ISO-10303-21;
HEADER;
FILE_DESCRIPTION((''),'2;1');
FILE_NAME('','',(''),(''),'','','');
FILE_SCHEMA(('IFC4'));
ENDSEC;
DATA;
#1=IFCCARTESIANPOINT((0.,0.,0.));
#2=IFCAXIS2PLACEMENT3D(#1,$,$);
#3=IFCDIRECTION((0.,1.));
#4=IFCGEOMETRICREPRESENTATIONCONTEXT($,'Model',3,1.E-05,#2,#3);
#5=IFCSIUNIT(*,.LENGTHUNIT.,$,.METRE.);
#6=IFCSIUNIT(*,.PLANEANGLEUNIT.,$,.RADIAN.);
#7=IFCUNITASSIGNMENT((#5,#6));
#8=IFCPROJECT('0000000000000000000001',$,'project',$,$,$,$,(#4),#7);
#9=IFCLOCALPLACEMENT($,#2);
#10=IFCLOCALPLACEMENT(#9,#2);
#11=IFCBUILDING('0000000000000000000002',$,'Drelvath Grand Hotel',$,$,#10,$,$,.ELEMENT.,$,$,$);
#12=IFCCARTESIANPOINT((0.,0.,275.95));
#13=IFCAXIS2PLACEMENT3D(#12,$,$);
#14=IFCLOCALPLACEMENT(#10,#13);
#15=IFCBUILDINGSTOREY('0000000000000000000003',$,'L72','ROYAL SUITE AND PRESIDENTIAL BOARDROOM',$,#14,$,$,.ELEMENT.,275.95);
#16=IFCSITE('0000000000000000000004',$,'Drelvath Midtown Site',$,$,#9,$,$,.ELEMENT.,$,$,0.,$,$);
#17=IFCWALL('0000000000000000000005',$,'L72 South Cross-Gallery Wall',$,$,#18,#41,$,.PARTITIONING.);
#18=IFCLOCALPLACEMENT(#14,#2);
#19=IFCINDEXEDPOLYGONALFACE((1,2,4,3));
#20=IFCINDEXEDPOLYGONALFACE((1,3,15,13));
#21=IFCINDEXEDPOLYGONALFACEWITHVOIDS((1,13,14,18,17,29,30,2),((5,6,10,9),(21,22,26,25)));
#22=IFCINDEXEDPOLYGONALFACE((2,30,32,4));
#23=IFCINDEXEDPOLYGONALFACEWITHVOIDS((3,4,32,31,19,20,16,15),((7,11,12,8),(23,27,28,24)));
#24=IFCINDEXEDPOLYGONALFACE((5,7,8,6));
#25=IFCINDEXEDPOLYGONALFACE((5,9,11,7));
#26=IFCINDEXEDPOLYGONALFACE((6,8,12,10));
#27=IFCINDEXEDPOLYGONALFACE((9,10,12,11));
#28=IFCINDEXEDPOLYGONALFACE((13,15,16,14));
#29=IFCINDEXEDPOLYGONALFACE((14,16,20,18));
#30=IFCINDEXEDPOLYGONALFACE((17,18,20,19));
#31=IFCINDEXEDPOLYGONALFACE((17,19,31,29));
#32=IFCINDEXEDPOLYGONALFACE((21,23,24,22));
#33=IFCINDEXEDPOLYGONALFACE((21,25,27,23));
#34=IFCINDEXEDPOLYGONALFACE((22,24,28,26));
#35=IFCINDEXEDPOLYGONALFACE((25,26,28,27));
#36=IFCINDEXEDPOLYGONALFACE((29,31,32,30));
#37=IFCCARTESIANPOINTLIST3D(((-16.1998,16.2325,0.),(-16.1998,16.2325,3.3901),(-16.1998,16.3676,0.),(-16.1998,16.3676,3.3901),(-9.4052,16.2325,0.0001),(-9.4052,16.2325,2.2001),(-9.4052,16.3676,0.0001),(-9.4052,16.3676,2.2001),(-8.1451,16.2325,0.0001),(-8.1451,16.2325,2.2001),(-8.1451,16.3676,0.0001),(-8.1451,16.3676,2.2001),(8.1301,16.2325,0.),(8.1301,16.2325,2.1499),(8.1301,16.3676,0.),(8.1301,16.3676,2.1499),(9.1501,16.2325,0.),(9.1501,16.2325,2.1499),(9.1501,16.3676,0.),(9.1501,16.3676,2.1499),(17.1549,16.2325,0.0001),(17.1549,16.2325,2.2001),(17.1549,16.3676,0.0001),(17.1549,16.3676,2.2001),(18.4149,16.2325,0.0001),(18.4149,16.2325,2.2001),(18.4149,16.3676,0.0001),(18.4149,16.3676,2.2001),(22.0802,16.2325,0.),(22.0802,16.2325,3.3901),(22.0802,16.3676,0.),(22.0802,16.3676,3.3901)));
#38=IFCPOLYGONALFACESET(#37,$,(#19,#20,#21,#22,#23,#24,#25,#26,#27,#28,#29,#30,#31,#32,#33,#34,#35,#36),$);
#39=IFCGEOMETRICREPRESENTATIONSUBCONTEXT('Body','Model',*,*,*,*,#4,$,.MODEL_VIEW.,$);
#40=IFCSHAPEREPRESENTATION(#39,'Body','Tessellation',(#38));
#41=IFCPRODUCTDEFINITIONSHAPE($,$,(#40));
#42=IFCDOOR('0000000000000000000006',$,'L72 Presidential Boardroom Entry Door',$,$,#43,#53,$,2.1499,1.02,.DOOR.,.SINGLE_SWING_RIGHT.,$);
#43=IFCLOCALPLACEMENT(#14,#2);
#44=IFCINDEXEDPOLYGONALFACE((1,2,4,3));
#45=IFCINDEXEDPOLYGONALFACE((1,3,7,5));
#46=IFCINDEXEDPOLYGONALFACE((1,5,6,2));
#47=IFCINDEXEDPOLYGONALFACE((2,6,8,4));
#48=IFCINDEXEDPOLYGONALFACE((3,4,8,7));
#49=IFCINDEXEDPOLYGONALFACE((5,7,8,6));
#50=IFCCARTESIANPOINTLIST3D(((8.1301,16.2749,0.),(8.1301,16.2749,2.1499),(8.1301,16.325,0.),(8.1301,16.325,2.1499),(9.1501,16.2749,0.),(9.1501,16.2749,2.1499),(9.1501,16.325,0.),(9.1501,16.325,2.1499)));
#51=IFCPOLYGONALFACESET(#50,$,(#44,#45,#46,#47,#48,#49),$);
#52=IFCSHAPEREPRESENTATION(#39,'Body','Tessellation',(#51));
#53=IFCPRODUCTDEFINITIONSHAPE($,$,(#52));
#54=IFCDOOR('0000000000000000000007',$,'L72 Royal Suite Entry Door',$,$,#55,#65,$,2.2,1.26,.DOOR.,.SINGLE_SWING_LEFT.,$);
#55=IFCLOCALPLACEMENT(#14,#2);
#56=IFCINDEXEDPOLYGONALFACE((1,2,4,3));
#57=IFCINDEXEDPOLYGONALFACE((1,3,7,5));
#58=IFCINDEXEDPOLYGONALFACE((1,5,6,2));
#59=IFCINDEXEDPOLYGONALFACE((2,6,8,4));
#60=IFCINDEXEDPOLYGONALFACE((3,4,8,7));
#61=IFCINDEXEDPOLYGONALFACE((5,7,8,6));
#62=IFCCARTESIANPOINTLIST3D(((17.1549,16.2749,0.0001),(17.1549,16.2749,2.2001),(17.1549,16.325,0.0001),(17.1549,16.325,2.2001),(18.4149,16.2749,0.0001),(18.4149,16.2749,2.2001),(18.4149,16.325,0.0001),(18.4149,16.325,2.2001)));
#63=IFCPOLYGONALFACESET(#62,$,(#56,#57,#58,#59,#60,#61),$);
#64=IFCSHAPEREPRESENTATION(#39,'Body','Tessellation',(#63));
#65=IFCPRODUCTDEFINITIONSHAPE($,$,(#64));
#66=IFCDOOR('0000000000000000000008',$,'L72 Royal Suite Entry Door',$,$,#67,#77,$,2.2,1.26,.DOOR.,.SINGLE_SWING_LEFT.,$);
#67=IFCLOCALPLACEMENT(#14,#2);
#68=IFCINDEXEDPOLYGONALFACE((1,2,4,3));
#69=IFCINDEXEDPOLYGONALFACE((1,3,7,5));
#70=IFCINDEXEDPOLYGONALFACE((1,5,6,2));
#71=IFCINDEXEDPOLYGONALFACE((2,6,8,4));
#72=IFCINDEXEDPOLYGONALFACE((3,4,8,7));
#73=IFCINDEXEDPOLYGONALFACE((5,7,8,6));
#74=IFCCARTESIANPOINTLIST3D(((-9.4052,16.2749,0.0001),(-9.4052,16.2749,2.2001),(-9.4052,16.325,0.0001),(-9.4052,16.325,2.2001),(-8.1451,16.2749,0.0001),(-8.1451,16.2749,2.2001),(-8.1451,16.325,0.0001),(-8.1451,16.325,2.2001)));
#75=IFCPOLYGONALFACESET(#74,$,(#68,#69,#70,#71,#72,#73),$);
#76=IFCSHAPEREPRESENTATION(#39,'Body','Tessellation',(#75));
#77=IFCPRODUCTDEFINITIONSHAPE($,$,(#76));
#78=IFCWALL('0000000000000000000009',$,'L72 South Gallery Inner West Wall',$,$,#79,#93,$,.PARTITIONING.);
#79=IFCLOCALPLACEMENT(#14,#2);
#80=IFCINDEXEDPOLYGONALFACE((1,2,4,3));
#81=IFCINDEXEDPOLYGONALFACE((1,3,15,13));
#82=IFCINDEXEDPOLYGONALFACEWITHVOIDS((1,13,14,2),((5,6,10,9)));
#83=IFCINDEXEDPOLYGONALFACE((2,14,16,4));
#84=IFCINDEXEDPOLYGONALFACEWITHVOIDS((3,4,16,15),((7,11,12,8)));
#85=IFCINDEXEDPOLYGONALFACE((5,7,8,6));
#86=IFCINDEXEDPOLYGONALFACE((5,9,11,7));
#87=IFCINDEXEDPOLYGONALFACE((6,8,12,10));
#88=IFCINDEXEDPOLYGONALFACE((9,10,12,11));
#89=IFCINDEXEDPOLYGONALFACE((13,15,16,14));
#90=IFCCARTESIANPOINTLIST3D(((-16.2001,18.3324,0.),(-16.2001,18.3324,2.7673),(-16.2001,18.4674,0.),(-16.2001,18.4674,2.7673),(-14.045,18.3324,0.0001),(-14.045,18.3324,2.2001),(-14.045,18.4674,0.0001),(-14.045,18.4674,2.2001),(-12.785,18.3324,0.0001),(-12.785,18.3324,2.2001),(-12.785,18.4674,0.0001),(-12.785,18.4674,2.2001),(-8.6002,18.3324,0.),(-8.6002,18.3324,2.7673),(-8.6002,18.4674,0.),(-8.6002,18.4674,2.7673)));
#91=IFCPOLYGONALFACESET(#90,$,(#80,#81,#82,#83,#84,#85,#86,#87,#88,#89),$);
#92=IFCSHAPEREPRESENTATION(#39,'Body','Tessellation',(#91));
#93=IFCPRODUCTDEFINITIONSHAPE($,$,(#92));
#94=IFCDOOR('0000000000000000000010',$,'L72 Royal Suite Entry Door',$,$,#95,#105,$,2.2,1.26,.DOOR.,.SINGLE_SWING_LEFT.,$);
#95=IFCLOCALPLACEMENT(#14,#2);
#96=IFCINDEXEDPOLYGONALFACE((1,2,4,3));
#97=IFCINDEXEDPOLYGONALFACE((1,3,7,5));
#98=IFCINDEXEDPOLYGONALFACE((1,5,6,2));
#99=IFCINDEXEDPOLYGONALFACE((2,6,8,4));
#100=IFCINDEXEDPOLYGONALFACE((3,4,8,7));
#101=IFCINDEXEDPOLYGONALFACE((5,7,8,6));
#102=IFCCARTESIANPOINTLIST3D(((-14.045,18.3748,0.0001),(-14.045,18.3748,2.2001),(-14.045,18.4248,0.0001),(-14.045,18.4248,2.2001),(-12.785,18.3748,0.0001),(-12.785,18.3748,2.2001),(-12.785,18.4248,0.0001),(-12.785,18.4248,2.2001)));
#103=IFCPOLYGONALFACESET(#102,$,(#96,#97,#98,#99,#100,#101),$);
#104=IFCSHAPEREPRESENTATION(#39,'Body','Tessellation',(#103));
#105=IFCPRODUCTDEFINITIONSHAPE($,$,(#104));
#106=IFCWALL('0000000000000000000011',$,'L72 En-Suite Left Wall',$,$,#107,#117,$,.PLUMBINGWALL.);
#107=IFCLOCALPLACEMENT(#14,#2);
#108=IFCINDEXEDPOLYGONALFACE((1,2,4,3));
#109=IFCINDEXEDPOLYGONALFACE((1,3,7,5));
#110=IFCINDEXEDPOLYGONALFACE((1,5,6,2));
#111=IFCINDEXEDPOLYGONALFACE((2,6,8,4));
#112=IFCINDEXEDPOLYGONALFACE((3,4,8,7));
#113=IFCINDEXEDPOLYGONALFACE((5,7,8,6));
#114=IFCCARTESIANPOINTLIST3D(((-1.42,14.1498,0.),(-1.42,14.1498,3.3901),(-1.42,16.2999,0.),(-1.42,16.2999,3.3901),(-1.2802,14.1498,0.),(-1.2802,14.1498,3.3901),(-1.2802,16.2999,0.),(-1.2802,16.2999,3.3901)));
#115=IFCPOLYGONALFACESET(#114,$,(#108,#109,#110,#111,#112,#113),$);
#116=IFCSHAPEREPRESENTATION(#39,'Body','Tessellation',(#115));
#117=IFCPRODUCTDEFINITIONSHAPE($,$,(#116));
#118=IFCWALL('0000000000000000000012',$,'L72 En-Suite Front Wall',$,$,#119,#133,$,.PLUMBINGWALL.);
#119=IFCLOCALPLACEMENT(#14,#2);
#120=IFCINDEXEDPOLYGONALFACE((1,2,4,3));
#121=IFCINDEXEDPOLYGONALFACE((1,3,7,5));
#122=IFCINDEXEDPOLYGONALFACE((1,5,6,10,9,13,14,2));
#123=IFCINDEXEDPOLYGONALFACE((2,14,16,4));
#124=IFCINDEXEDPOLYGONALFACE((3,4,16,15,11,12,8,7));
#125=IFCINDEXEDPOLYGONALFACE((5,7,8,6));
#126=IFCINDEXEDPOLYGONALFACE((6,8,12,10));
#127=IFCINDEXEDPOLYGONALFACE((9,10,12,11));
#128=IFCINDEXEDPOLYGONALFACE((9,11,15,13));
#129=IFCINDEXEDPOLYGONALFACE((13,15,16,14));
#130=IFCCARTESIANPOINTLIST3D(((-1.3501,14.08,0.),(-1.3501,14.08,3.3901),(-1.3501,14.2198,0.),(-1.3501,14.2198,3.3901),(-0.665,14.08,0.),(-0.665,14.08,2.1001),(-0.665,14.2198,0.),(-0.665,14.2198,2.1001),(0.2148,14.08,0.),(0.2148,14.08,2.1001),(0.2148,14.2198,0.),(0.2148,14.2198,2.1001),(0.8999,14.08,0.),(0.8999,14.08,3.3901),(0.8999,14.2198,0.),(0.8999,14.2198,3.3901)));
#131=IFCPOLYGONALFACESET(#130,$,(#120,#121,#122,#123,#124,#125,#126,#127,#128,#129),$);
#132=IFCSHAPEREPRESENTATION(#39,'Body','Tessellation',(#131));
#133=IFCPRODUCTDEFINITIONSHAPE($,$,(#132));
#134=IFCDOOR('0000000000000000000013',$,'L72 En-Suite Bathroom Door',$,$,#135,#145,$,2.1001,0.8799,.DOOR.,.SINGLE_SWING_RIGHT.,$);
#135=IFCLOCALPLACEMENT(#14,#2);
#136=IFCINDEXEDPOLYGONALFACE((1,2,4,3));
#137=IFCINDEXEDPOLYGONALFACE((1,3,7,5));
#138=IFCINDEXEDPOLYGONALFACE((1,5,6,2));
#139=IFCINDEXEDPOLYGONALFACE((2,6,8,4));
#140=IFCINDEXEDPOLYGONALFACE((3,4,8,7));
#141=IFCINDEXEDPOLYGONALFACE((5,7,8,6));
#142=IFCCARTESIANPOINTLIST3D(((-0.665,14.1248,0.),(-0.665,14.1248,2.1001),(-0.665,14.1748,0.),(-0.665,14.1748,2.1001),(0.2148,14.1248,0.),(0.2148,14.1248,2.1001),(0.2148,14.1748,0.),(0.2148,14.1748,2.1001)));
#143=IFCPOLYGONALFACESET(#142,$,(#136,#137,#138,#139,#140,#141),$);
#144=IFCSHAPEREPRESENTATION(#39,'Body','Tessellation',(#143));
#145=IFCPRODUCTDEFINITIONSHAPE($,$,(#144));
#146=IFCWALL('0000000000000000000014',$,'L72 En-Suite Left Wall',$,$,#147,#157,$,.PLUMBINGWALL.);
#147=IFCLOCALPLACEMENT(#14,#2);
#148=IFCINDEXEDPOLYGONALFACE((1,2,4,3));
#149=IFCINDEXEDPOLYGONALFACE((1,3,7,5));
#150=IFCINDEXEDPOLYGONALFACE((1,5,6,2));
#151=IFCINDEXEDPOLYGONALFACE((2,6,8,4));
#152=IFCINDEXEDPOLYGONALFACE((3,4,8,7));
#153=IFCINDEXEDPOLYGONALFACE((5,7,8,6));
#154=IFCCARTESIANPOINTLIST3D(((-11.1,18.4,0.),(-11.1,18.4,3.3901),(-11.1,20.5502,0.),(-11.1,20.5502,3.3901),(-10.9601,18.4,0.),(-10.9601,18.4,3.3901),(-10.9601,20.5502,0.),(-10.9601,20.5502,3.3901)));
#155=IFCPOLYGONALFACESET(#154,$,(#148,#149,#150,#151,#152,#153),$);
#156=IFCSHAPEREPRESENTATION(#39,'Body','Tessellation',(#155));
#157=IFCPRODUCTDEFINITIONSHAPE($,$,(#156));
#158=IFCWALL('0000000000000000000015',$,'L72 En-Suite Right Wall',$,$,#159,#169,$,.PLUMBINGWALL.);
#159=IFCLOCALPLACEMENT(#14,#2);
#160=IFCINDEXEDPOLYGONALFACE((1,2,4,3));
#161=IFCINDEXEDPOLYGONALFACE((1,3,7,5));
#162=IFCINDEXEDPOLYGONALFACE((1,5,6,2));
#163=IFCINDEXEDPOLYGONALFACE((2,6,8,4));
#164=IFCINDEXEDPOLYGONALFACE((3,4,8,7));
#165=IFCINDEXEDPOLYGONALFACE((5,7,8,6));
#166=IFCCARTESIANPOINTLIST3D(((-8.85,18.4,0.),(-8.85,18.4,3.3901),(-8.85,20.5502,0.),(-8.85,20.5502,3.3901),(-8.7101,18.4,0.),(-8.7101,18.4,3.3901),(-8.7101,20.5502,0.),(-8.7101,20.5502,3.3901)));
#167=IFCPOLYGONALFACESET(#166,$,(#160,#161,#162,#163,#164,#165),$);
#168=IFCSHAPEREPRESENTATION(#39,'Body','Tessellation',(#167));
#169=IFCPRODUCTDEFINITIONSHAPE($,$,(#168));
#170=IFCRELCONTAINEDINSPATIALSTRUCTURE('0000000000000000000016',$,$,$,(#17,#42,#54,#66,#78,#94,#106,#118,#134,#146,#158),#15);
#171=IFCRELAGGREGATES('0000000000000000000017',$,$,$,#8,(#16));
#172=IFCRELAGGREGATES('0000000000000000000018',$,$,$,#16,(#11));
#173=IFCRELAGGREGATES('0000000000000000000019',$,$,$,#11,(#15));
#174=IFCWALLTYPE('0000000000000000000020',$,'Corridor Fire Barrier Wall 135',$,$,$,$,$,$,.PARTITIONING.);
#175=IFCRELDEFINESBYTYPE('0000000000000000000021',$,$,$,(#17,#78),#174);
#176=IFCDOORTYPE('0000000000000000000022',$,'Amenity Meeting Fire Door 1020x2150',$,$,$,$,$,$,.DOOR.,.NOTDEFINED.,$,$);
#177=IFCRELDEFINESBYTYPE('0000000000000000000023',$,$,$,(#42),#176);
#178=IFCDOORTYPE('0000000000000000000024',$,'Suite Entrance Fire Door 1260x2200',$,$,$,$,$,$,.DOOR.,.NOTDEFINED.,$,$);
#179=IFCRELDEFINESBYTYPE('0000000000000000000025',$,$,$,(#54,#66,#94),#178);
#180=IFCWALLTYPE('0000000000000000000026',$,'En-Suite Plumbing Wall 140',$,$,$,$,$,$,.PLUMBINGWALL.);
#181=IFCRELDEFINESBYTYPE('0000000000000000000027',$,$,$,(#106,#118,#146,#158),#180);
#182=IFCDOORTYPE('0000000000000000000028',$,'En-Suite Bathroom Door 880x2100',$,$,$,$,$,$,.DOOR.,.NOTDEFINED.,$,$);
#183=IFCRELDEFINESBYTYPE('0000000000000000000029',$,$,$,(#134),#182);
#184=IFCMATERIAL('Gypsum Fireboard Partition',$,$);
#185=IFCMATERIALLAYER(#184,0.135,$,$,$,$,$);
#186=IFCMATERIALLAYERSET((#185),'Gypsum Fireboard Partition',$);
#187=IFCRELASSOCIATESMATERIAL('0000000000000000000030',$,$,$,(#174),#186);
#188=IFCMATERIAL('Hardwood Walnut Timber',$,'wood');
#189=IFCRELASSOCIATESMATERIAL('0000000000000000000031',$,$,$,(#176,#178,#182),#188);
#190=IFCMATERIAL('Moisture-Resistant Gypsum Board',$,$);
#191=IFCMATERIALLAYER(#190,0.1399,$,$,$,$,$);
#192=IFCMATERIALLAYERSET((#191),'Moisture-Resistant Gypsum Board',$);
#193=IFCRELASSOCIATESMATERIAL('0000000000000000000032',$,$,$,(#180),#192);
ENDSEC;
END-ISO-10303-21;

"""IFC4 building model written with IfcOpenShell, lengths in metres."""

from ifc_helpers import new_model, si_unit, direction, frame, frame_2d, origin, place, context, subcontext, project, spatial, rectangle, extrude, material, layer, layer_set, type_object, element, fill, save


model = new_model("IFC4")

# Units and contexts
model_context = context("Model", 3, precision=1e-05, world=origin(), true_north=direction((0.0, 1.0)))
body_context = subcontext(model_context, "Body", "Model", "MODEL_VIEW")
ifc_project = project(units=[si_unit("LENGTHUNIT", "METRE"), si_unit("PLANEANGLEUNIT", "RADIAN")], contexts=[model_context])

# Site, building, storey
site_placement = place(None, origin())
site = spatial("IfcSite", under=ifc_project, at=site_placement, Name="Drelvath Midtown Site", CompositionType="ELEMENT", RefElevation=0.0)
building_placement = place(site_placement, origin())
building = spatial("IfcBuilding", under=site, at=building_placement, Name="Drelvath Grand Hotel", CompositionType="ELEMENT")
storey_placement = place(building_placement, frame((0.0, 0.0, 275.95)))
storey = spatial("IfcBuildingStorey", under=building, at=storey_placement, Name="L72", Description="ROYAL SUITE AND PRESIDENTIAL BOARDROOM", CompositionType="ELEMENT", Elevation=275.95)

# Wall, openings, doors
ifc_material_1 = material(Name="Gypsum Fireboard Partition")
ifc_layer_1 = layer(ifc_material_1, 0.135)
ifc_layer_set_1 = layer_set([ifc_layer_1], Name="Gypsum Fireboard Partition")
wall_type_1 = type_object("IfcWallType", Name="Corridor Fire Barrier Wall 135", PredefinedType="PARTITIONING", material=ifc_layer_set_1)
wall_1_placement = place(storey_placement, frame((-16.2, 16.3, 0.0), z_axis=(0.0, 0.0, 1.0), x_axis=(1.0, 0.0, 0.0)))
wall_1 = element("IfcWall", 1, at=wall_1_placement, inside=storey, type_object=wall_type_1, Name="L72 South Cross-Gallery Wall", PredefinedType="PARTITIONING", context=body_context, shape_type="SweptSolid", body=[
    extrude(rectangle(XDim=38.28, YDim=0.135, at=frame_2d((19.1401, 0.0))), origin(), (0.0, 0.0, 1.0), 3.3901),
])
opening_1_placement = place(wall_1_placement, frame((33.355, 0.0, 0.0)))
opening_1 = element("IfcOpeningElement", 2, at=opening_1_placement, cuts=wall_1, PredefinedType="OPENING", context=body_context, shape_type="SweptSolid", body=[
    extrude(rectangle(XDim=1.26, YDim=2.2, at=frame_2d((0.6299, 1.1001))), frame((0.0, 0.0774, 0.0), z_axis=(0.0, -1.0, 0.0), x_axis=(1.0, 0.0, 0.0)), (0.0, 0.0, 1.0), 0.155),
])
opening_2_placement = place(wall_1_placement, frame((6.7949, 0.0, 0.0)))
opening_2 = element("IfcOpeningElement", 3, at=opening_2_placement, cuts=wall_1, PredefinedType="OPENING", context=body_context, shape_type="SweptSolid", body=[
    extrude(rectangle(XDim=1.26, YDim=2.2, at=frame_2d((0.6299, 1.1001))), frame((0.0, 0.0774, 0.0), z_axis=(0.0, -1.0, 0.0), x_axis=(1.0, 0.0, 0.0)), (0.0, 0.0, 1.0), 0.155),
])
opening_3_placement = place(wall_1_placement, frame((24.3301, 0.0, 0.0)))
opening_3 = element("IfcOpeningElement", 4, at=opening_3_placement, cuts=wall_1, PredefinedType="OPENING", context=body_context, shape_type="SweptSolid", body=[
    extrude(rectangle(XDim=1.02, YDim=2.1499, at=frame_2d((0.51, 1.075))), frame((0.0, 0.0774, 0.0), z_axis=(0.0, -1.0, 0.0), x_axis=(1.0, 0.0, 0.0)), (0.0, 0.0, 1.0), 0.155),
])
ifc_material_2 = material(Name="Hardwood Walnut Timber", Category="wood")
door_type_1 = type_object("IfcDoorType", Name="Amenity Meeting Fire Door 1020x2150", OperationType="NOTDEFINED", PredefinedType="DOOR", material=ifc_material_2)
door_1_placement = place(opening_3_placement, origin())
door_1 = element("IfcDoor", 5, at=door_1_placement, inside=storey, type_object=door_type_1, Name="L72 Presidential Boardroom Entry Door", OperationType="SINGLE_SWING_RIGHT", OverallHeight=2.1499, OverallWidth=1.02, PredefinedType="DOOR", context=body_context, shape_type="SweptSolid", body=[
    extrude(rectangle(XDim=1.02, YDim=2.1499, at=frame_2d((0.51, 1.075))), frame((0.0, 0.0249, 0.0), z_axis=(0.0, -1.0, 0.0), x_axis=(1.0, 0.0, 0.0)), (0.0, 0.0, 1.0), 0.05),
])
fill(opening_3, door_1)
door_type_2 = type_object("IfcDoorType", Name="Suite Entrance Fire Door 1260x2200", OperationType="NOTDEFINED", PredefinedType="DOOR", material=ifc_material_2)
door_2_placement = place(opening_1_placement, origin())
door_2 = element("IfcDoor", 6, at=door_2_placement, inside=storey, type_object=door_type_2, Name="L72 Royal Suite Entry Door", OperationType="SINGLE_SWING_LEFT", OverallHeight=2.2, OverallWidth=1.26, PredefinedType="DOOR", context=body_context, shape_type="SweptSolid", body=[
    extrude(rectangle(XDim=1.26, YDim=2.2, at=frame_2d((0.6299, 1.1001))), frame((0.0, 0.0249, 0.0), z_axis=(0.0, -1.0, 0.0), x_axis=(1.0, 0.0, 0.0)), (0.0, 0.0, 1.0), 0.05),
])
fill(opening_1, door_2)
door_3_placement = place(opening_2_placement, origin())
door_3 = element("IfcDoor", 7, at=door_3_placement, inside=storey, type_object=door_type_2, Name="L72 Royal Suite Entry Door", OperationType="SINGLE_SWING_LEFT", OverallHeight=2.2, OverallWidth=1.26, PredefinedType="DOOR", context=body_context, shape_type="SweptSolid", body=[
    extrude(rectangle(XDim=1.26, YDim=2.2, at=frame_2d((0.6299, 1.1001))), frame((0.0, 0.0249, 0.0), z_axis=(0.0, -1.0, 0.0), x_axis=(1.0, 0.0, 0.0)), (0.0, 0.0, 1.0), 0.05),
])
fill(opening_2, door_3)

# Wall, opening, door
wall_2_placement = place(storey_placement, frame((-16.2, 18.3999, 0.0), z_axis=(0.0, 0.0, 1.0), x_axis=(1.0, 0.0, 0.0)))
wall_2 = element("IfcWall", 8, at=wall_2_placement, inside=storey, type_object=wall_type_1, Name="L72 South Gallery Inner West Wall", PredefinedType="PARTITIONING", context=body_context, shape_type="SweptSolid", body=[
    extrude(rectangle(XDim=7.5999, YDim=0.135, at=frame_2d((3.7998, 0.0))), origin(), (0.0, 0.0, 1.0), 2.7673),
])
opening_4_placement = place(wall_2_placement, frame((2.155, 0.0, 0.0)))
opening_4 = element("IfcOpeningElement", 9, at=opening_4_placement, cuts=wall_2, PredefinedType="OPENING", context=body_context, shape_type="SweptSolid", body=[
    extrude(rectangle(XDim=1.26, YDim=2.2, at=frame_2d((0.6299, 1.1001))), frame((0.0, 0.0774, 0.0), z_axis=(0.0, -1.0, 0.0), x_axis=(1.0, 0.0, 0.0)), (0.0, 0.0, 1.0), 0.155),
])
door_4_placement = place(opening_4_placement, origin())
door_4 = element("IfcDoor", 10, at=door_4_placement, inside=storey, type_object=door_type_2, Name="L72 Royal Suite Entry Door", OperationType="SINGLE_SWING_LEFT", OverallHeight=2.2, OverallWidth=1.26, PredefinedType="DOOR", context=body_context, shape_type="SweptSolid", body=[
    extrude(rectangle(XDim=1.26, YDim=2.2, at=frame_2d((0.6299, 1.1001))), frame((0.0, 0.0249, 0.0), z_axis=(0.0, -1.0, 0.0), x_axis=(1.0, 0.0, 0.0)), (0.0, 0.0, 1.0), 0.05),
])
fill(opening_4, door_4)

# Wall
ifc_material_3 = material(Name="Moisture-Resistant Gypsum Board")
ifc_layer_2 = layer(ifc_material_3, 0.1399)
ifc_layer_set_2 = layer_set([ifc_layer_2], Name="Moisture-Resistant Gypsum Board")
wall_type_2 = type_object("IfcWallType", Name="En-Suite Plumbing Wall 140", PredefinedType="PLUMBINGWALL", material=ifc_layer_set_2)
wall_3_placement = place(storey_placement, frame((-1.3501, 16.3, 0.0), z_axis=(0.0, 0.0, 1.0), x_axis=(0.0, -1.0, 0.0)))
element("IfcWall", 11, at=wall_3_placement, inside=storey, type_object=wall_type_2, Name="L72 En-Suite Left Wall", PredefinedType="PLUMBINGWALL", context=body_context, shape_type="SweptSolid", body=[
    extrude(rectangle(XDim=2.1501, YDim=0.1399, at=frame_2d((1.0752, 0.0))), origin(), (0.0, 0.0, 1.0), 3.3901),
])

# Wall, opening, door
wall_4_placement = place(storey_placement, frame((-1.3501, 14.1499, 0.0), z_axis=(0.0, 0.0, 1.0), x_axis=(1.0, 0.0, 0.0)))
wall_4 = element("IfcWall", 12, at=wall_4_placement, inside=storey, type_object=wall_type_2, Name="L72 En-Suite Front Wall", PredefinedType="PLUMBINGWALL", context=body_context, shape_type="SweptSolid", body=[
    extrude(rectangle(XDim=2.25, YDim=0.1399, at=frame_2d((1.125, 0.0))), origin(), (0.0, 0.0, 1.0), 3.3901),
])
opening_5_placement = place(wall_4_placement, frame((0.6851, 0.0, 0.0)))
opening_5 = element("IfcOpeningElement", 13, at=opening_5_placement, cuts=wall_4, PredefinedType="OPENING", context=body_context, shape_type="SweptSolid", body=[
    extrude(rectangle(XDim=0.8799, YDim=2.1001, at=frame_2d((0.4399, 1.05))), frame((0.0, 0.0798, 0.0), z_axis=(0.0, -1.0, 0.0), x_axis=(1.0, 0.0, 0.0)), (0.0, 0.0, 1.0), 0.1599),
])
door_type_3 = type_object("IfcDoorType", Name="En-Suite Bathroom Door 880x2100", OperationType="NOTDEFINED", PredefinedType="DOOR", material=ifc_material_2)
door_5_placement = place(opening_5_placement, origin())
door_5 = element("IfcDoor", 14, at=door_5_placement, inside=storey, type_object=door_type_3, Name="L72 En-Suite Bathroom Door", OperationType="SINGLE_SWING_RIGHT", OverallHeight=2.1001, OverallWidth=0.8799, PredefinedType="DOOR", context=body_context, shape_type="SweptSolid", body=[
    extrude(rectangle(XDim=0.8799, YDim=2.1001, at=frame_2d((0.4399, 1.05))), frame((0.0, 0.0249, 0.0), z_axis=(0.0, -1.0, 0.0), x_axis=(1.0, 0.0, 0.0)), (0.0, 0.0, 1.0), 0.05),
])
fill(opening_5, door_5)

# Walls
for number, where, z_axis, x_axis, name in (
    (15, (-11.03, 18.3999, 0.0), (0.0, 0.0, 1.0), (0.0, 1.0, 0.0), "L72 En-Suite Left Wall"),
    (16, (-8.78, 18.3999, 0.0), (0.0, 0.0, 1.0), (0.0, 1.0, 0.0), "L72 En-Suite Right Wall"),
):
    element("IfcWall", number, at=place(storey_placement, frame(where, z_axis=z_axis, x_axis=x_axis)), inside=storey, type_object=wall_type_2, Name=name, PredefinedType="PLUMBINGWALL", context=body_context, shape_type="SweptSolid", body=[
        extrude(rectangle(XDim=2.1501, YDim=0.1399, at=frame_2d((1.0752, 0.0))), origin(), (0.0, 0.0, 1.0), 3.3901),
    ])

save(model, "model.ifc")
